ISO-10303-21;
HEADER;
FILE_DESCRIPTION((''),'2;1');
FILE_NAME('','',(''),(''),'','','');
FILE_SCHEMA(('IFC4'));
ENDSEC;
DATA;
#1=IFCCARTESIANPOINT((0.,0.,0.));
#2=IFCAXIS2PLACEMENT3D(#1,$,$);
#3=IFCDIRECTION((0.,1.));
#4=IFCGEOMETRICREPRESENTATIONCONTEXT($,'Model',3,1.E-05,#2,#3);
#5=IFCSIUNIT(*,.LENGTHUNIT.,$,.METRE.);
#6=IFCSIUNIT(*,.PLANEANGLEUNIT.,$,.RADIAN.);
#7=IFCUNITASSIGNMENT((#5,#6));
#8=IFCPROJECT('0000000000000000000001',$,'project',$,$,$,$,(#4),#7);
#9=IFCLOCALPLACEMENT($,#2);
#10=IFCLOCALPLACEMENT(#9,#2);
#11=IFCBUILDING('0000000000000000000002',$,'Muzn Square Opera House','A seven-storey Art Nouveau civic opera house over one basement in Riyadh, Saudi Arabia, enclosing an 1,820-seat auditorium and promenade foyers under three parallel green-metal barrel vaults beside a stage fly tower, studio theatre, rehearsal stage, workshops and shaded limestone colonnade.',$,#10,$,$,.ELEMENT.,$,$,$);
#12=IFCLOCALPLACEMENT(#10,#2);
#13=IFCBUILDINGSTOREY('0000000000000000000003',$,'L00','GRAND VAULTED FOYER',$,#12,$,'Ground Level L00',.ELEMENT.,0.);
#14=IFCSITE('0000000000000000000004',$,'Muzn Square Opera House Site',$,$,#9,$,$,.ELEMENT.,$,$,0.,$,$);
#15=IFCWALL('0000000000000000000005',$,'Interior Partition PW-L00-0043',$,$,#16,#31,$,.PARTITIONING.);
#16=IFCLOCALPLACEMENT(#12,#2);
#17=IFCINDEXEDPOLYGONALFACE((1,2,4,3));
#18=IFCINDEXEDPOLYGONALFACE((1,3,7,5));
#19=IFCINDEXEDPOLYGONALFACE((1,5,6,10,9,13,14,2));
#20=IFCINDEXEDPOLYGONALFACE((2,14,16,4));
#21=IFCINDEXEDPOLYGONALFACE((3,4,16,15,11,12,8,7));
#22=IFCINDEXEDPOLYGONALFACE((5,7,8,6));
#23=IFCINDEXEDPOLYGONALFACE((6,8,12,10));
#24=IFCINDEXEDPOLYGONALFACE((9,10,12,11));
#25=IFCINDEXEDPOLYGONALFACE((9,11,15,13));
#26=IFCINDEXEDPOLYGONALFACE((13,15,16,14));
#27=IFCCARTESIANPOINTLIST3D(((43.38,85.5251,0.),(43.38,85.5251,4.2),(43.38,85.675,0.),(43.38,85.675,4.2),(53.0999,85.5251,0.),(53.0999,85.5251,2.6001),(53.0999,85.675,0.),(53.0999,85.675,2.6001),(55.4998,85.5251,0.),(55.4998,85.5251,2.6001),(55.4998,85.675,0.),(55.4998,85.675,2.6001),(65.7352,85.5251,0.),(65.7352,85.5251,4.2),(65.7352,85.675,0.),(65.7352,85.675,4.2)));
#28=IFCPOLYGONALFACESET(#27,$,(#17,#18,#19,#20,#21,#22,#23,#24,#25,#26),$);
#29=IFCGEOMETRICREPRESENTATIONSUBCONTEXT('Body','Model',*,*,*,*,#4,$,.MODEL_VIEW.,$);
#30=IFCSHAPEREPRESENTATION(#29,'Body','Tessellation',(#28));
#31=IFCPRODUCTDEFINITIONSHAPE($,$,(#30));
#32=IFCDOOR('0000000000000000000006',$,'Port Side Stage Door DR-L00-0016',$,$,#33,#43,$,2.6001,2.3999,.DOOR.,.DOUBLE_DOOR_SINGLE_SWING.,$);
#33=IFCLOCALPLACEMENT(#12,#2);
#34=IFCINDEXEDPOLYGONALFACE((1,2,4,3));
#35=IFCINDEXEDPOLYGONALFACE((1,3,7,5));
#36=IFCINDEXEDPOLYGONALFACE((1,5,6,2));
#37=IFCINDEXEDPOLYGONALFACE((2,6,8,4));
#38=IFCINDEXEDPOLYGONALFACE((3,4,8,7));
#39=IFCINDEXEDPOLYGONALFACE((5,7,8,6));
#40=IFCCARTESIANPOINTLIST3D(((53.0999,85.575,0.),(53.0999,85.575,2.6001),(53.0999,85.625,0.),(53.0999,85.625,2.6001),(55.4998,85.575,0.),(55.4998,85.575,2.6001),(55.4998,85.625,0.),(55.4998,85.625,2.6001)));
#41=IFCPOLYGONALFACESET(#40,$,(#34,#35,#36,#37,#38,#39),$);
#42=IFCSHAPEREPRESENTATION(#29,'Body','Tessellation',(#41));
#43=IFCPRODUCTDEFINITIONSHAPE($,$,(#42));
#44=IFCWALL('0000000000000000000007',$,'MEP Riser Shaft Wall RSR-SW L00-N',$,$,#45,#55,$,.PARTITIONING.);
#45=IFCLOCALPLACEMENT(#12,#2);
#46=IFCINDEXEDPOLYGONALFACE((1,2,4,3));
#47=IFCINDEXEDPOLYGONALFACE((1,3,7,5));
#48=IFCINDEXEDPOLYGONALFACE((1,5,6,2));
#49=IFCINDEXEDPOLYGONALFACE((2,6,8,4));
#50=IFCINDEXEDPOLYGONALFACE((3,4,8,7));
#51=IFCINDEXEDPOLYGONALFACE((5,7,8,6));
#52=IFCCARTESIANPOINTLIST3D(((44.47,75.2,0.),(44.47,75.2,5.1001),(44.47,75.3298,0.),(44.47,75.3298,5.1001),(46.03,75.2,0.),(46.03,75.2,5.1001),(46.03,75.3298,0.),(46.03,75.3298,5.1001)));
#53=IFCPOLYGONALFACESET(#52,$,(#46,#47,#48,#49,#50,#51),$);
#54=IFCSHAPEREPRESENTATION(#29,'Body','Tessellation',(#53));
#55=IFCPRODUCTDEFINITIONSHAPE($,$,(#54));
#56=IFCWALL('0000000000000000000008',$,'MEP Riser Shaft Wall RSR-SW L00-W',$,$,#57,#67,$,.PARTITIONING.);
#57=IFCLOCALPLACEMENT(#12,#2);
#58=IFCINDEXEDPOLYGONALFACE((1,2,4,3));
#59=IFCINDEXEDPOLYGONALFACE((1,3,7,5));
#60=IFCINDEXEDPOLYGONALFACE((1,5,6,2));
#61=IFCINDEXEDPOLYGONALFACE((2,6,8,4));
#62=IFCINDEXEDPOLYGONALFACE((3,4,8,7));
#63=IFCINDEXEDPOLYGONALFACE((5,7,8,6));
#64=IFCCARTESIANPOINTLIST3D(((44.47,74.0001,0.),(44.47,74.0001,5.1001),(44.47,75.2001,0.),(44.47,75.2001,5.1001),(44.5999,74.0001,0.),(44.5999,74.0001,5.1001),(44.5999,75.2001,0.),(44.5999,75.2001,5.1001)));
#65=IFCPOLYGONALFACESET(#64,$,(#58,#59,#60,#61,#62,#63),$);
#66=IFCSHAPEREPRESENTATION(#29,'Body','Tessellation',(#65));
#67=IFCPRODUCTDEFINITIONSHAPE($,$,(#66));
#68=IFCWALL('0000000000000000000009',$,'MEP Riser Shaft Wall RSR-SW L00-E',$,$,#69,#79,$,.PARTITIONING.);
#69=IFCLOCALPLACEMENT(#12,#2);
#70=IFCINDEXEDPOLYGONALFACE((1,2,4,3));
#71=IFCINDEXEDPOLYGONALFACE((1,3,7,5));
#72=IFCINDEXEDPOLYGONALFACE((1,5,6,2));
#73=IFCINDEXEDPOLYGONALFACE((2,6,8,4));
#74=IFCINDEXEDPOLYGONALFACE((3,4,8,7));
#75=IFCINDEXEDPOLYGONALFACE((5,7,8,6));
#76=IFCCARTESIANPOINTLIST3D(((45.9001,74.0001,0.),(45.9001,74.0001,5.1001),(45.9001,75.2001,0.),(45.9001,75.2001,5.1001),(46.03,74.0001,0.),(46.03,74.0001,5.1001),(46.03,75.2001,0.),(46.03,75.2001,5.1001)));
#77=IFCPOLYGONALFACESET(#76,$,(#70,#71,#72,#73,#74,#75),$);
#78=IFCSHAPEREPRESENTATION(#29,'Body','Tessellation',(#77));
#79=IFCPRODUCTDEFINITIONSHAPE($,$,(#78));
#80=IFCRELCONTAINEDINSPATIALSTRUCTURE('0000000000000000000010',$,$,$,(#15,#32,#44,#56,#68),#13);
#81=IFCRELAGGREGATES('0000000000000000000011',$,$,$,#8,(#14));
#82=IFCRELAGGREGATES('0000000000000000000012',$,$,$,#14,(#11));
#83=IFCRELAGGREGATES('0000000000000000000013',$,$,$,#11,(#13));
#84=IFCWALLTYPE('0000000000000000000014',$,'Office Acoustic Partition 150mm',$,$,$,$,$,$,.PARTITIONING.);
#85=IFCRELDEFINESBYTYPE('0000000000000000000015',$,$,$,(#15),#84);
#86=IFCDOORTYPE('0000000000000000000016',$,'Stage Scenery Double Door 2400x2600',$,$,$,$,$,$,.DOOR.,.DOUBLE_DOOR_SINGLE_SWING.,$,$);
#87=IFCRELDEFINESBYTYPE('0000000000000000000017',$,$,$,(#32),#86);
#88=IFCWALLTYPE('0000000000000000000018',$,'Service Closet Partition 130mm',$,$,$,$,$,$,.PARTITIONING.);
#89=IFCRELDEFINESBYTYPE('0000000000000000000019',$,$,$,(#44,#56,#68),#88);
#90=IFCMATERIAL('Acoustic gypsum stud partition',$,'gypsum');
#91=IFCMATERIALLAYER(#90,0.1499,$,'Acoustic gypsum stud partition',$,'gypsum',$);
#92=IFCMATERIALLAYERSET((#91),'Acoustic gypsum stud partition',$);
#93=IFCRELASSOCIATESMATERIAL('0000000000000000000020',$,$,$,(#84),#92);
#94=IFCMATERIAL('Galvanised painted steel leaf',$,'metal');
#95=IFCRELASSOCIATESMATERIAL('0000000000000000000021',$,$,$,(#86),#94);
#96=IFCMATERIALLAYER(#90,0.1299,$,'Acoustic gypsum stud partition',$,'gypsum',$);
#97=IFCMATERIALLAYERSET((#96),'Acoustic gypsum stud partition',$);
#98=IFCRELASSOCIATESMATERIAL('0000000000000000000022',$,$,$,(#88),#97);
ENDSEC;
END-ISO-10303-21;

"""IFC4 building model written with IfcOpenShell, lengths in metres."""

from ifc_helpers import new_model, si_unit, direction, frame, frame_2d, origin, place, context, subcontext, project, spatial, rectangle, extrude, material, layer, layer_set, type_object, element, fill, save


model = new_model("IFC4")

# Units and contexts
model_context = context("Model", 3, precision=1e-05, world=origin(), true_north=direction((0.0, 1.0)))
body_context = subcontext(model_context, "Body", "Model", "MODEL_VIEW")
ifc_project = project(units=[si_unit("LENGTHUNIT", "METRE"), si_unit("PLANEANGLEUNIT", "RADIAN")], contexts=[model_context])

# Site, building, storey
site_placement = place(None, origin())
site = spatial("IfcSite", under=ifc_project, at=site_placement, Name="Muzn Square Opera House Site", CompositionType="ELEMENT", RefElevation=0.0)
building_placement = place(site_placement, origin())
building = spatial("IfcBuilding", under=site, at=building_placement, Name="Muzn Square Opera House", Description="A seven-storey Art Nouveau civic opera house over one basement in Riyadh, Saudi Arabia, enclosing an 1,820-seat auditorium and promenade foyers under three parallel green-metal barrel vaults beside a stage fly tower, studio theatre, rehearsal stage, workshops and shaded limestone colonnade.", CompositionType="ELEMENT")
storey_placement = place(building_placement, origin())
storey = spatial("IfcBuildingStorey", under=building, at=storey_placement, Name="L00", Description="GRAND VAULTED FOYER", LongName="Ground Level L00", CompositionType="ELEMENT", Elevation=0.0)

# Shared definitions
ifc_material_1 = material(Name="Galvanised painted steel leaf", Category="metal")

# Shared definitions
ifc_material_2 = material(Name="Acoustic gypsum stud partition", Category="gypsum")
ifc_layer_1 = layer(ifc_material_2, 0.1499, Name="Acoustic gypsum stud partition", Category="gypsum")
ifc_layer_set_1 = layer_set([ifc_layer_1], Name="Acoustic gypsum stud partition")
wall_type_1 = type_object("IfcWallType", Name="Office Acoustic Partition 150mm", PredefinedType="PARTITIONING", material=ifc_layer_set_1)

# Wall, opening, door
wall_1_placement = place(storey_placement, frame((43.3799, 85.6001, 0.0), z_axis=(0.0, 0.0, 1.0), x_axis=(1.0, 0.0, 0.0)))
wall_1 = element("IfcWall", 1, at=wall_1_placement, inside=storey, type_object=wall_type_1, Name="Interior Partition PW-L00-0043", PredefinedType="PARTITIONING", context=body_context, shape_type="SweptSolid", body=[
    extrude(rectangle(XDim=22.3552, YDim=0.1499, at=frame_2d((11.1777, 0.0))), origin(), (0.0, 0.0, 1.0), 4.2),
])
opening_1_placement = place(wall_1_placement, frame((9.72, 0.0, 0.0)))
opening_1 = element("IfcOpeningElement", 2, at=opening_1_placement, cuts=wall_1, PredefinedType="OPENING", context=body_context, shape_type="SweptSolid", body=[
    extrude(rectangle(XDim=2.3999, YDim=2.6001, at=frame_2d((1.2, 1.3))), frame((0.0, 0.085, 0.0), z_axis=(0.0, -1.0, 0.0), x_axis=(1.0, 0.0, 0.0)), (0.0, 0.0, 1.0), 0.1699),
])
door_type_1 = type_object("IfcDoorType", Name="Stage Scenery Double Door 2400x2600", OperationType="DOUBLE_DOOR_SINGLE_SWING", PredefinedType="DOOR", material=ifc_material_1)
door_1_placement = place(opening_1_placement, origin())
door_1 = element("IfcDoor", 3, at=door_1_placement, inside=storey, type_object=door_type_1, Name="Port Side Stage Door DR-L00-0016", OperationType="DOUBLE_DOOR_SINGLE_SWING", OverallHeight=2.6001, OverallWidth=2.3999, PredefinedType="DOOR", context=body_context, shape_type="SweptSolid", body=[
    extrude(rectangle(XDim=2.3999, YDim=2.6001, at=frame_2d((1.2, 1.3))), frame((0.0, 0.0249, 0.0), z_axis=(0.0, -1.0, 0.0), x_axis=(1.0, 0.0, 0.0)), (0.0, 0.0, 1.0), 0.05),
])
fill(opening_1, door_1)

# Walls
ifc_layer_2 = layer(ifc_material_2, 0.1299, Name="Acoustic gypsum stud partition", Category="gypsum")
ifc_layer_set_2 = layer_set([ifc_layer_2], Name="Acoustic gypsum stud partition")
wall_type_2 = type_object("IfcWallType", Name="Service Closet Partition 130mm", PredefinedType="PARTITIONING", material=ifc_layer_set_2)
wall_2_placement = place(storey_placement, frame((44.47, 75.2649, 0.0), z_axis=(0.0, 0.0, 1.0), x_axis=(1.0, 0.0, 0.0)))
element("IfcWall", 4, at=wall_2_placement, inside=storey, type_object=wall_type_2, Name="MEP Riser Shaft Wall RSR-SW L00-N", PredefinedType="PARTITIONING", context=body_context, shape_type="SweptSolid", body=[
    extrude(rectangle(XDim=1.5601, YDim=0.1299, at=frame_2d((0.78, 0.0))), origin(), (0.0, 0.0, 1.0), 5.1001),
])
for number, where, z_axis, x_axis, name in (
    (5, (44.5349, 74.0, 0.0), (0.0, 0.0, 1.0), (0.0, 1.0, 0.0), "MEP Riser Shaft Wall RSR-SW L00-W"),
    (6, (45.9651, 74.0, 0.0), (0.0, 0.0, 1.0), (0.0, 1.0, 0.0), "MEP Riser Shaft Wall RSR-SW L00-E"),
):
    element("IfcWall", number, at=place(storey_placement, frame(where, z_axis=z_axis, x_axis=x_axis)), inside=storey, type_object=wall_type_2, Name=name, PredefinedType="PARTITIONING", context=body_context, shape_type="SweptSolid", body=[
        extrude(rectangle(XDim=1.2, YDim=0.1299, at=frame_2d((0.6001, 0.0))), origin(), (0.0, 0.0, 1.0), 5.1001),
    ])

save(model, "model.ifc")
